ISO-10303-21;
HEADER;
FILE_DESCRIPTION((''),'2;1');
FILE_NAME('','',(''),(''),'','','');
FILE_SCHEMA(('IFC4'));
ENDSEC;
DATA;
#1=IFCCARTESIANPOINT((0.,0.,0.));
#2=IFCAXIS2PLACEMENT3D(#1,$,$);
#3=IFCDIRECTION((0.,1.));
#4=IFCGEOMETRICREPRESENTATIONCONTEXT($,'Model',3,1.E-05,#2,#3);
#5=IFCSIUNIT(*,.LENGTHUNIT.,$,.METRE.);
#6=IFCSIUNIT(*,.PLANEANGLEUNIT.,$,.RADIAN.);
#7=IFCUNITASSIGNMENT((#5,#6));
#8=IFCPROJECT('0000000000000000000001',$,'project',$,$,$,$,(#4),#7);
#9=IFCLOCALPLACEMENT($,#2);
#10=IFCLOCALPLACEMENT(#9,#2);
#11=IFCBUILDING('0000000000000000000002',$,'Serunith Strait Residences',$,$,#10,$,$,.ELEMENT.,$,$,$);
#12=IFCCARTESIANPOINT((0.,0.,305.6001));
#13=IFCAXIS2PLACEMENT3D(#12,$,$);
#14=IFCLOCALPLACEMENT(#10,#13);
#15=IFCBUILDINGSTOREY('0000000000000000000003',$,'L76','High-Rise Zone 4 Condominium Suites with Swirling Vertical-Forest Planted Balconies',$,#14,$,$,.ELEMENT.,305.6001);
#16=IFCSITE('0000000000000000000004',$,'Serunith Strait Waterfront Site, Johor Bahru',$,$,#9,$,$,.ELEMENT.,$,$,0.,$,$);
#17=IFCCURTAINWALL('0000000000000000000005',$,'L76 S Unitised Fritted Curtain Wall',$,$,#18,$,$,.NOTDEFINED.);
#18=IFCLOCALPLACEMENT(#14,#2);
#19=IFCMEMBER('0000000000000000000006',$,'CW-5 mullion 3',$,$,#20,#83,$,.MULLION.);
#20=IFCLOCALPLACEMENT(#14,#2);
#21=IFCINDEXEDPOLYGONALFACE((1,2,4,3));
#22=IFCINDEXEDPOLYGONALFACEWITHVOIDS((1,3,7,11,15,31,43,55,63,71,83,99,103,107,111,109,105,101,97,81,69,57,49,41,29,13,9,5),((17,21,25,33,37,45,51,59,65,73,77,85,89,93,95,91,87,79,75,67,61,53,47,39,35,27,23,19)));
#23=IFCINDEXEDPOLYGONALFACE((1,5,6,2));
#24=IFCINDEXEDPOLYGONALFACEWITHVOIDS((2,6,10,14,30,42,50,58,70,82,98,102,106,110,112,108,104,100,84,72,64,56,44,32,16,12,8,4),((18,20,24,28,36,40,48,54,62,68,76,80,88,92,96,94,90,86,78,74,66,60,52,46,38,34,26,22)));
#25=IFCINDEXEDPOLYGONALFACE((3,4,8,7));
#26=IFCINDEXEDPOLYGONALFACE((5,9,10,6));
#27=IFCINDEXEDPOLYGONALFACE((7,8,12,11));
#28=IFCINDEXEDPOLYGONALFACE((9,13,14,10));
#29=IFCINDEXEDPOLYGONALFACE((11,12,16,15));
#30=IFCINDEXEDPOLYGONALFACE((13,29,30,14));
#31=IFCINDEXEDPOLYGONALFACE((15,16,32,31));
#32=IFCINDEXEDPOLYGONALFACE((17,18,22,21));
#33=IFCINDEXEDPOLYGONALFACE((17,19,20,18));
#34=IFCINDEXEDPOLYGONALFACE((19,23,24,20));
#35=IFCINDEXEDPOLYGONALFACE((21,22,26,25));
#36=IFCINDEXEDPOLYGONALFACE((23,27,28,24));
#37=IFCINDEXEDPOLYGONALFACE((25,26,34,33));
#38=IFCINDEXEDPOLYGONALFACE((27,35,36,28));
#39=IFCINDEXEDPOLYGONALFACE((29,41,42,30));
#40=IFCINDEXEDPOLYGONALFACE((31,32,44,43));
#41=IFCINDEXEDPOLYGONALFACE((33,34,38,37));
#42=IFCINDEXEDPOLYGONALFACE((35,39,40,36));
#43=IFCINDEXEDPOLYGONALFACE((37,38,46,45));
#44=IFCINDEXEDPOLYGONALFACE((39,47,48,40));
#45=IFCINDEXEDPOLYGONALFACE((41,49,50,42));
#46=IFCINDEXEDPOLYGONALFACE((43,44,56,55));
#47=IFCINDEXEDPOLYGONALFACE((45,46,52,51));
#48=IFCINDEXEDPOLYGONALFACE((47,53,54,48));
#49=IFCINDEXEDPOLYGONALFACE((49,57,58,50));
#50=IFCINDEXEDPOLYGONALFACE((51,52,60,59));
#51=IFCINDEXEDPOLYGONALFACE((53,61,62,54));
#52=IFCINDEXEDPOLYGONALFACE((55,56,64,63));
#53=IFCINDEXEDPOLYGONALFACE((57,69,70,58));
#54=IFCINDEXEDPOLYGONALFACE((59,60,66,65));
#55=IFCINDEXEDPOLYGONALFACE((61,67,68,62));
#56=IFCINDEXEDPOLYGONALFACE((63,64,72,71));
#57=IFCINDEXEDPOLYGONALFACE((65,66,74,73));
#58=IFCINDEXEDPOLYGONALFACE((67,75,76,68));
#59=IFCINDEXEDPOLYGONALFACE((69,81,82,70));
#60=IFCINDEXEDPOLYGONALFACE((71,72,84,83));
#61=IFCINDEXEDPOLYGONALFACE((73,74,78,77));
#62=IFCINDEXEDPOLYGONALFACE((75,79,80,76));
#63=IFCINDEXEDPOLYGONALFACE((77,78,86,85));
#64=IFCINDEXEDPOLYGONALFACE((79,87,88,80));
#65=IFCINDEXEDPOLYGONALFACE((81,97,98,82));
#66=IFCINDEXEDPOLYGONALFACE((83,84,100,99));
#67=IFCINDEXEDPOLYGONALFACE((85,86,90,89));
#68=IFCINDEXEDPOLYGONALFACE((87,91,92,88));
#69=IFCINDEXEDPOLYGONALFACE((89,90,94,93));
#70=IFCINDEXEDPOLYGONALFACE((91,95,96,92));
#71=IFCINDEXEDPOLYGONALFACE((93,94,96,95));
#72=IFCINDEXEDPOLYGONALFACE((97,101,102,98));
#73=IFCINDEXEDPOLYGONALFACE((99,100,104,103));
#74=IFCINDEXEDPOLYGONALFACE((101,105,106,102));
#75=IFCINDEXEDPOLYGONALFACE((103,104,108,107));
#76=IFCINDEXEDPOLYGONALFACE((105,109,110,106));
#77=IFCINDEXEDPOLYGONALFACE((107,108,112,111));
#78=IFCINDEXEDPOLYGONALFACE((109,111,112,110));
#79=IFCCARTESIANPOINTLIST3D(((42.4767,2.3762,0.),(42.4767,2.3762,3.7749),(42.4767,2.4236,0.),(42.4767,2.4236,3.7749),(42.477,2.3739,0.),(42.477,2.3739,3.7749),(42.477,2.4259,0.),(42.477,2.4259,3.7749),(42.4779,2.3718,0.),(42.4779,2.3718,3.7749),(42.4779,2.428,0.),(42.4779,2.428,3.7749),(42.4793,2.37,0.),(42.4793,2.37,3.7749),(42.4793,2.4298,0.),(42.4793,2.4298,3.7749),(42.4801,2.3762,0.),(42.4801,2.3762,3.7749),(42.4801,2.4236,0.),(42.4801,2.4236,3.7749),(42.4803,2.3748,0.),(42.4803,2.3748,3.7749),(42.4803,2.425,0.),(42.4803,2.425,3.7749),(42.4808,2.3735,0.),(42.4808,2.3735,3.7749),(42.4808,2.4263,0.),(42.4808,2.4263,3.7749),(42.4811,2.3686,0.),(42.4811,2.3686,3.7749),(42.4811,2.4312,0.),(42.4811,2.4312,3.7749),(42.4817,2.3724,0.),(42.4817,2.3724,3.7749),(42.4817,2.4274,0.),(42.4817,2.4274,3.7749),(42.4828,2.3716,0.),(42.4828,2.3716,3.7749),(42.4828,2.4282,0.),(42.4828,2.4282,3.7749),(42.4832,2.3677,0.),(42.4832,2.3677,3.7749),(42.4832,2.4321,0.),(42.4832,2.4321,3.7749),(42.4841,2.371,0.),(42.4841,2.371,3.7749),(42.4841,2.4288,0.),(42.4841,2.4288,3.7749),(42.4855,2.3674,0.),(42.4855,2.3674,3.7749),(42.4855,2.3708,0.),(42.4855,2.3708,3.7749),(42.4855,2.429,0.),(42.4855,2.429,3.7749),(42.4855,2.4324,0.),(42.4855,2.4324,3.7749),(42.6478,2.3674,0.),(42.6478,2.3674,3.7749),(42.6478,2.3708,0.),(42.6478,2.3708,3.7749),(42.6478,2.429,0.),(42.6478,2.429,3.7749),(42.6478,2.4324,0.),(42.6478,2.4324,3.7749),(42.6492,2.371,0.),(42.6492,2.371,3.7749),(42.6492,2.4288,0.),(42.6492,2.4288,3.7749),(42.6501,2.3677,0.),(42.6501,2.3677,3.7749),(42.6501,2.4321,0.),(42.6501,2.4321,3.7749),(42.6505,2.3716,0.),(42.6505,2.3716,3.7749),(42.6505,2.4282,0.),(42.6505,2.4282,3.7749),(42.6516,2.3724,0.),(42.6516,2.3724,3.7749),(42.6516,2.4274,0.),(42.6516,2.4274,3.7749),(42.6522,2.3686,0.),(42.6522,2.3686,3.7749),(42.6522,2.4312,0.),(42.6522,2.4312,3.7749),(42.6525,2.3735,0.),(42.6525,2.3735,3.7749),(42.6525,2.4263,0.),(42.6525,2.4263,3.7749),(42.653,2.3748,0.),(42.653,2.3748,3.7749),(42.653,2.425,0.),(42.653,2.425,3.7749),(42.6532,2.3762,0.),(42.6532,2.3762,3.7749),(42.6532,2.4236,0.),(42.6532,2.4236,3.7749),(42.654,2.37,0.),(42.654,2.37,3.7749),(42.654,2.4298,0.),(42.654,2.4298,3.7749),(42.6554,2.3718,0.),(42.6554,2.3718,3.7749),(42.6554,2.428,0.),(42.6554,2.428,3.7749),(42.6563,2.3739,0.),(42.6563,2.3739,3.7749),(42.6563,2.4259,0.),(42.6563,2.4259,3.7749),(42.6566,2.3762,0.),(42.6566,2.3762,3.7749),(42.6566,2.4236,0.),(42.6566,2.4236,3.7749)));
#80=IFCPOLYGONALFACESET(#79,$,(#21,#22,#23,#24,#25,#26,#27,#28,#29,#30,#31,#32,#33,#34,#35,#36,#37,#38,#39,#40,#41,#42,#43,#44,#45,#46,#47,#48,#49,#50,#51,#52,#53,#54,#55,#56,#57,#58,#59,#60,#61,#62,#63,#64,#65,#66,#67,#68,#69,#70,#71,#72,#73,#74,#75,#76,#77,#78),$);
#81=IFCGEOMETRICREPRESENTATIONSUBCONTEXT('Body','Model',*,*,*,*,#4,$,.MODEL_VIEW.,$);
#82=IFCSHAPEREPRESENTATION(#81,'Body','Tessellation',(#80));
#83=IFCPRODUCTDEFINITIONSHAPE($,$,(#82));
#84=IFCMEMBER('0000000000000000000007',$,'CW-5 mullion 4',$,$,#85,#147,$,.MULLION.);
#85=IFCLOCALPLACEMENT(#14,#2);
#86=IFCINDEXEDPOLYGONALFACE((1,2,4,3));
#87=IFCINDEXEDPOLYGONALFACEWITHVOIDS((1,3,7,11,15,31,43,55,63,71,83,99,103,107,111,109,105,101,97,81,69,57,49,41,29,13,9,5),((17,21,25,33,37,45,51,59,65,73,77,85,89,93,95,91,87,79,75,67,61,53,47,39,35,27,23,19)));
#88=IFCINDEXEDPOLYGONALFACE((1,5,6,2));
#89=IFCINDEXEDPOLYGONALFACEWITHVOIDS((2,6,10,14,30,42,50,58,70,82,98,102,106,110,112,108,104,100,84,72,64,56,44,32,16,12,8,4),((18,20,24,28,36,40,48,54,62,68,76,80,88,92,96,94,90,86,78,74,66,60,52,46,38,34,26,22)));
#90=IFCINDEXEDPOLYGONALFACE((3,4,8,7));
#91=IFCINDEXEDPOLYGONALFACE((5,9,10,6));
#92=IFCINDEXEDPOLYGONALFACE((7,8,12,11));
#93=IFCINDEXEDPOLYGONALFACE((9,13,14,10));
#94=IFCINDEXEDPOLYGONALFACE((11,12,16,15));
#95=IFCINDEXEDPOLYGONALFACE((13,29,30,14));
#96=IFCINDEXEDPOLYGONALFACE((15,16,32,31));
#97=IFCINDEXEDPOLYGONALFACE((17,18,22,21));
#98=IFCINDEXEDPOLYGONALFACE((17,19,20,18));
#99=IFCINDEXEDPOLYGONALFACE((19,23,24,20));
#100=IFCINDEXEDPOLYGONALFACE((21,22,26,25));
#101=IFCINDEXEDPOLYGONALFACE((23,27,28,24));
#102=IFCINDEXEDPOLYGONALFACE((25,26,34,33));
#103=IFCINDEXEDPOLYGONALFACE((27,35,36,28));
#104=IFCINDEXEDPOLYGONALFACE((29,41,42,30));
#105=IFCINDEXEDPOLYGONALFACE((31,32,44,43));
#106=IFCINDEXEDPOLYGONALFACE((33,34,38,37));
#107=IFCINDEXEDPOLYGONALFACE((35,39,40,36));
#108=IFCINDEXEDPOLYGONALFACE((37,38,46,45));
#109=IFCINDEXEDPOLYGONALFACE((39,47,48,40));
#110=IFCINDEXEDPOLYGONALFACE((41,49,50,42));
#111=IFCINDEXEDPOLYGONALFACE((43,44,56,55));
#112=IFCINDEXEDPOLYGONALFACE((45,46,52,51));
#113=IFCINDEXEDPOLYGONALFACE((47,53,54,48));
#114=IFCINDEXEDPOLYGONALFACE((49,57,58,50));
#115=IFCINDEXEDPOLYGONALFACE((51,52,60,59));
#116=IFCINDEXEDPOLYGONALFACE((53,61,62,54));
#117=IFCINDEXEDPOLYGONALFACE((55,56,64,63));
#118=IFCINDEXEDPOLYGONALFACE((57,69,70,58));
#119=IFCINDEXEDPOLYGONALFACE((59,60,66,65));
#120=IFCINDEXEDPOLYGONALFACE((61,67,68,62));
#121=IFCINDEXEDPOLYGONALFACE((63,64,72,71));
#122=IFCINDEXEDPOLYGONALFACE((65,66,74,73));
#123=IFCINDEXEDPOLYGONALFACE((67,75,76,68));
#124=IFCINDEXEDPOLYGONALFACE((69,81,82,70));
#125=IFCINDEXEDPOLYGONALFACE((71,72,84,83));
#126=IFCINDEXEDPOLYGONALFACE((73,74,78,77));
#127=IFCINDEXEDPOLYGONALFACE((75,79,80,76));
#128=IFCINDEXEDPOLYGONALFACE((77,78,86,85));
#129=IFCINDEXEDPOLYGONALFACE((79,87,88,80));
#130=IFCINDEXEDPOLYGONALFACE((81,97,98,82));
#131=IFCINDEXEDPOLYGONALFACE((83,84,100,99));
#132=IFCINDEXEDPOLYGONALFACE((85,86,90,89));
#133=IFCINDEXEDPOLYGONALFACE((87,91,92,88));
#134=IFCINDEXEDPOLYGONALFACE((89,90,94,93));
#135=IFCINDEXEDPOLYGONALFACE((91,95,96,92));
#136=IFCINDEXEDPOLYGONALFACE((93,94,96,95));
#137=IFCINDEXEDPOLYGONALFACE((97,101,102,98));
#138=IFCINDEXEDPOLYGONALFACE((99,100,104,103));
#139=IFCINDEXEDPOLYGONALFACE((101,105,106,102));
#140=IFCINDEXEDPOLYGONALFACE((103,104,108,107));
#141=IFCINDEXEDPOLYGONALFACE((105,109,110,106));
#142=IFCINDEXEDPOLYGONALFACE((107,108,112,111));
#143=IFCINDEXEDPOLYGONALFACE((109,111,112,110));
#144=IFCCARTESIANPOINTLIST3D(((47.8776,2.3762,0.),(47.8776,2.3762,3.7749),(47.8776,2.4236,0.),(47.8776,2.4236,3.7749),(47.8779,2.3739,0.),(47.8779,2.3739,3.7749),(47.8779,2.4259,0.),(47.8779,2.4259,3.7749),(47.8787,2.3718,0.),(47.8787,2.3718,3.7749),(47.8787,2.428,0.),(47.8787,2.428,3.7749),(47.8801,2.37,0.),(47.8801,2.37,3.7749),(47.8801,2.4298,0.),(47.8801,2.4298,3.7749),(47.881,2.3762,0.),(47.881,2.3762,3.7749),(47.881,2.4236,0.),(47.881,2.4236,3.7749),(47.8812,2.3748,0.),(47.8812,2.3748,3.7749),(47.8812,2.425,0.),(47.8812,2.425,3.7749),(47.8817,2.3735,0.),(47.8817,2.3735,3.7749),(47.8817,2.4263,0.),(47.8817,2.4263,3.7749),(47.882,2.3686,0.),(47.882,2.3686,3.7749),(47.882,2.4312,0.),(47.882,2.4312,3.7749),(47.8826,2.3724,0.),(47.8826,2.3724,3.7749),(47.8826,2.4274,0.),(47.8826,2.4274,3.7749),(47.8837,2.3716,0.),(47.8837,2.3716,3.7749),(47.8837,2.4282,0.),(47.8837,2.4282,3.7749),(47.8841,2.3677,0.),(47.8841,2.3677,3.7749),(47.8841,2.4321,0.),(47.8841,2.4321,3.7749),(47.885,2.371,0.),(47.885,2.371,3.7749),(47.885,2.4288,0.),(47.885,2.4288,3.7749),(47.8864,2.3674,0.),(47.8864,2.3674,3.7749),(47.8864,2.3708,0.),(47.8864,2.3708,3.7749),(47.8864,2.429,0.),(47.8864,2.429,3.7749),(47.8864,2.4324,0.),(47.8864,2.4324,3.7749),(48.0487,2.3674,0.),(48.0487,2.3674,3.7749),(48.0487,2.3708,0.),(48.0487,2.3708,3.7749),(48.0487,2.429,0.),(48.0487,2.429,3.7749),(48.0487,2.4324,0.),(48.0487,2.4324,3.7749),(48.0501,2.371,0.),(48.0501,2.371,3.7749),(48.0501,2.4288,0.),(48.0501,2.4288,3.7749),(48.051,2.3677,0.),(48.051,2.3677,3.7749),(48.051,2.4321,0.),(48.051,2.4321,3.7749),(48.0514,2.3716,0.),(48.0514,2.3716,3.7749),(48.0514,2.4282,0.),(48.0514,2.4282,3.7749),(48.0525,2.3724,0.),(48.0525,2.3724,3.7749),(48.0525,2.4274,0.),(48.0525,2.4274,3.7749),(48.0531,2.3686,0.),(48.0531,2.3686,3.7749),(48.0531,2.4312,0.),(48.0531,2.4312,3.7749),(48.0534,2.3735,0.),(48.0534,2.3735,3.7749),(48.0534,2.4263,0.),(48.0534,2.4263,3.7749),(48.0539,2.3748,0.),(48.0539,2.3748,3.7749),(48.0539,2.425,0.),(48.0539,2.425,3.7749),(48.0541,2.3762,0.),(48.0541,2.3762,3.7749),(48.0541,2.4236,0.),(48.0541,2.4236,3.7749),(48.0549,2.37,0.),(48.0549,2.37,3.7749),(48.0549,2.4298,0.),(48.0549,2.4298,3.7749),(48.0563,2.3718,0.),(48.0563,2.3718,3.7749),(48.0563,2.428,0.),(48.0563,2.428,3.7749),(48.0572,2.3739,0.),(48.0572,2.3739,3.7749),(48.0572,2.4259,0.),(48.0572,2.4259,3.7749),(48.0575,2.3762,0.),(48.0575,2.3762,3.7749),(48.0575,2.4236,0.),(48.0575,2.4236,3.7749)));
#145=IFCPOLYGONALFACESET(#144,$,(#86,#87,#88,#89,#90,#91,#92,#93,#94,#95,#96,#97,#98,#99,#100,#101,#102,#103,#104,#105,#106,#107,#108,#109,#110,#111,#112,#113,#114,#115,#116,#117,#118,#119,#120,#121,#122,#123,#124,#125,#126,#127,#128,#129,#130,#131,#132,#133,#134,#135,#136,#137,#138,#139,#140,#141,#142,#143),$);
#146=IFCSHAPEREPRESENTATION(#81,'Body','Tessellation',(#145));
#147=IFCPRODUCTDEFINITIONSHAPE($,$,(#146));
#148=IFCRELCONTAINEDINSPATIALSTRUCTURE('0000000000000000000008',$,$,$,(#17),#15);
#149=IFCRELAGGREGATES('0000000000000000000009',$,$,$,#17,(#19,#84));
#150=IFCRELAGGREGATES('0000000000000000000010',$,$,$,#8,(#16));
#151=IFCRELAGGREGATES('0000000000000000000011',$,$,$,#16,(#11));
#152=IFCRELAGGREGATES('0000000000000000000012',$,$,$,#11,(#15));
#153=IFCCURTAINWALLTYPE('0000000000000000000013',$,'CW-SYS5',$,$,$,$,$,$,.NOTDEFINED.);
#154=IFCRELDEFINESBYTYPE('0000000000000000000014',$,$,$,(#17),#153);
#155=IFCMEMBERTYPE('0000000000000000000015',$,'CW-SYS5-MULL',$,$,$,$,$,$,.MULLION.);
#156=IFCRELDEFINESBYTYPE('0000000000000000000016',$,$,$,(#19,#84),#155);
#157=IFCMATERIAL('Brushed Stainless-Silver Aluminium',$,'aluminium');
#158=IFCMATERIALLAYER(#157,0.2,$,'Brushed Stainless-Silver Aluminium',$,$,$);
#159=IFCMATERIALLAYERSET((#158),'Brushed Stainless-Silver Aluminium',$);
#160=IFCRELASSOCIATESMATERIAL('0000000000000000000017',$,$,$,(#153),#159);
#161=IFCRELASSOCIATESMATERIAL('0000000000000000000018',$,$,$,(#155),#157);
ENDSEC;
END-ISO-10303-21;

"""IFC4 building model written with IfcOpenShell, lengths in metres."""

from ifc_helpers import new_model, si_unit, direction, frame, origin, origin_2d, place, context, subcontext, project, spatial, hollow_rectangle, extrude, source, transform, mapped, material, layer, layer_set, material_profile, profile_set, type_object, element, aggregate, save


model = new_model("IFC4")

# Units and contexts
model_context = context("Model", 3, precision=1e-05, world=origin(), true_north=direction((0.0, 1.0)))
body_context = subcontext(model_context, "Body", "Model", "MODEL_VIEW")
ifc_project = project(units=[si_unit("LENGTHUNIT", "METRE"), si_unit("PLANEANGLEUNIT", "RADIAN")], contexts=[model_context])

# Site, building, storey
site_placement = place(None, origin())
site = spatial("IfcSite", under=ifc_project, at=site_placement, Name="Serunith Strait Waterfront Site, Johor Bahru", CompositionType="ELEMENT", RefElevation=0.0)
building_placement = place(site_placement, origin())
building = spatial("IfcBuilding", under=site, at=building_placement, Name="Serunith Strait Residences", CompositionType="ELEMENT")
storey_placement = place(building_placement, frame((0.0, 0.0, 305.6001)))
storey = spatial("IfcBuildingStorey", under=building, at=storey_placement, Name="L76", Description="High-Rise Zone 4 Condominium Suites with Swirling Vertical-Forest Planted Balconies", CompositionType="ELEMENT", Elevation=305.6001)

# Curtain wall, members
ifc_material_1 = material(Name="Brushed Stainless-Silver Aluminium", Category="aluminium")
ifc_layer_1 = layer(ifc_material_1, 0.2, Name="Brushed Stainless-Silver Aluminium")
ifc_layer_set_1 = layer_set([ifc_layer_1], Name="Brushed Stainless-Silver Aluminium")
curtain_wall_type = type_object("IfcCurtainWallType", Name="CW-SYS5", PredefinedType="NOTDEFINED", material=ifc_layer_set_1)
curtain_wall_1_placement = place(storey_placement, origin())
curtain_wall_1 = element("IfcCurtainWall", 1, at=curtain_wall_1_placement, inside=storey, type_object=curtain_wall_type, Name="L76 S Unitised Fritted Curtain Wall", PredefinedType="NOTDEFINED")
ifc_material_profile_1 = material_profile(ifc_material_1, hollow_rectangle(XDim=0.0649, YDim=0.1799, WallThickness=0.0034, InnerFilletRadius=0.0054, OuterFilletRadius=0.0088, at=origin_2d()), Name="ALU 180x65x3.5")
ifc_profile_set_1 = profile_set([ifc_material_profile_1], Name="Brushed Stainless-Silver Aluminium")
member_type_1 = type_object("IfcMemberType", Name="CW-SYS5-MULL", PredefinedType="MULLION", material=ifc_profile_set_1)
shared_shape_1 = source(origin(), body_context, "Body", "SweptSolid", [
    extrude(hollow_rectangle(XDim=0.0649, YDim=0.1799, WallThickness=0.0034, InnerFilletRadius=0.0054, OuterFilletRadius=0.0088, at=origin_2d()), origin(), (0.0, 0.0, 1.0), 3.7749),
])
member_1_placement = place(storey_placement, frame((42.5667, 2.3999, 0.0), z_axis=(0.0, 0.0, 1.0), x_axis=(0.0, 1.0, 0.0)))
member_1 = element("IfcMember", 2, at=member_1_placement, type_object=member_type_1, Name="CW-5 mullion 3", PredefinedType="MULLION", context=body_context, shape_type="MappedRepresentation", body=[
    mapped(shared_shape_1, transform((0.0, 0.0, 0.0), scale=1.0)),
])
member_2_placement = place(storey_placement, frame((47.9675, 2.3999, 0.0), z_axis=(0.0, 0.0, 1.0), x_axis=(0.0, 1.0, 0.0)))
member_2 = element("IfcMember", 3, at=member_2_placement, type_object=member_type_1, Name="CW-5 mullion 4", PredefinedType="MULLION", context=body_context, shape_type="MappedRepresentation", body=[
    mapped(shared_shape_1, transform((0.0, 0.0, 0.0), scale=1.0)),
])

aggregate(curtain_wall_1, [member_1, member_2])

save(model, "model.ifc")
